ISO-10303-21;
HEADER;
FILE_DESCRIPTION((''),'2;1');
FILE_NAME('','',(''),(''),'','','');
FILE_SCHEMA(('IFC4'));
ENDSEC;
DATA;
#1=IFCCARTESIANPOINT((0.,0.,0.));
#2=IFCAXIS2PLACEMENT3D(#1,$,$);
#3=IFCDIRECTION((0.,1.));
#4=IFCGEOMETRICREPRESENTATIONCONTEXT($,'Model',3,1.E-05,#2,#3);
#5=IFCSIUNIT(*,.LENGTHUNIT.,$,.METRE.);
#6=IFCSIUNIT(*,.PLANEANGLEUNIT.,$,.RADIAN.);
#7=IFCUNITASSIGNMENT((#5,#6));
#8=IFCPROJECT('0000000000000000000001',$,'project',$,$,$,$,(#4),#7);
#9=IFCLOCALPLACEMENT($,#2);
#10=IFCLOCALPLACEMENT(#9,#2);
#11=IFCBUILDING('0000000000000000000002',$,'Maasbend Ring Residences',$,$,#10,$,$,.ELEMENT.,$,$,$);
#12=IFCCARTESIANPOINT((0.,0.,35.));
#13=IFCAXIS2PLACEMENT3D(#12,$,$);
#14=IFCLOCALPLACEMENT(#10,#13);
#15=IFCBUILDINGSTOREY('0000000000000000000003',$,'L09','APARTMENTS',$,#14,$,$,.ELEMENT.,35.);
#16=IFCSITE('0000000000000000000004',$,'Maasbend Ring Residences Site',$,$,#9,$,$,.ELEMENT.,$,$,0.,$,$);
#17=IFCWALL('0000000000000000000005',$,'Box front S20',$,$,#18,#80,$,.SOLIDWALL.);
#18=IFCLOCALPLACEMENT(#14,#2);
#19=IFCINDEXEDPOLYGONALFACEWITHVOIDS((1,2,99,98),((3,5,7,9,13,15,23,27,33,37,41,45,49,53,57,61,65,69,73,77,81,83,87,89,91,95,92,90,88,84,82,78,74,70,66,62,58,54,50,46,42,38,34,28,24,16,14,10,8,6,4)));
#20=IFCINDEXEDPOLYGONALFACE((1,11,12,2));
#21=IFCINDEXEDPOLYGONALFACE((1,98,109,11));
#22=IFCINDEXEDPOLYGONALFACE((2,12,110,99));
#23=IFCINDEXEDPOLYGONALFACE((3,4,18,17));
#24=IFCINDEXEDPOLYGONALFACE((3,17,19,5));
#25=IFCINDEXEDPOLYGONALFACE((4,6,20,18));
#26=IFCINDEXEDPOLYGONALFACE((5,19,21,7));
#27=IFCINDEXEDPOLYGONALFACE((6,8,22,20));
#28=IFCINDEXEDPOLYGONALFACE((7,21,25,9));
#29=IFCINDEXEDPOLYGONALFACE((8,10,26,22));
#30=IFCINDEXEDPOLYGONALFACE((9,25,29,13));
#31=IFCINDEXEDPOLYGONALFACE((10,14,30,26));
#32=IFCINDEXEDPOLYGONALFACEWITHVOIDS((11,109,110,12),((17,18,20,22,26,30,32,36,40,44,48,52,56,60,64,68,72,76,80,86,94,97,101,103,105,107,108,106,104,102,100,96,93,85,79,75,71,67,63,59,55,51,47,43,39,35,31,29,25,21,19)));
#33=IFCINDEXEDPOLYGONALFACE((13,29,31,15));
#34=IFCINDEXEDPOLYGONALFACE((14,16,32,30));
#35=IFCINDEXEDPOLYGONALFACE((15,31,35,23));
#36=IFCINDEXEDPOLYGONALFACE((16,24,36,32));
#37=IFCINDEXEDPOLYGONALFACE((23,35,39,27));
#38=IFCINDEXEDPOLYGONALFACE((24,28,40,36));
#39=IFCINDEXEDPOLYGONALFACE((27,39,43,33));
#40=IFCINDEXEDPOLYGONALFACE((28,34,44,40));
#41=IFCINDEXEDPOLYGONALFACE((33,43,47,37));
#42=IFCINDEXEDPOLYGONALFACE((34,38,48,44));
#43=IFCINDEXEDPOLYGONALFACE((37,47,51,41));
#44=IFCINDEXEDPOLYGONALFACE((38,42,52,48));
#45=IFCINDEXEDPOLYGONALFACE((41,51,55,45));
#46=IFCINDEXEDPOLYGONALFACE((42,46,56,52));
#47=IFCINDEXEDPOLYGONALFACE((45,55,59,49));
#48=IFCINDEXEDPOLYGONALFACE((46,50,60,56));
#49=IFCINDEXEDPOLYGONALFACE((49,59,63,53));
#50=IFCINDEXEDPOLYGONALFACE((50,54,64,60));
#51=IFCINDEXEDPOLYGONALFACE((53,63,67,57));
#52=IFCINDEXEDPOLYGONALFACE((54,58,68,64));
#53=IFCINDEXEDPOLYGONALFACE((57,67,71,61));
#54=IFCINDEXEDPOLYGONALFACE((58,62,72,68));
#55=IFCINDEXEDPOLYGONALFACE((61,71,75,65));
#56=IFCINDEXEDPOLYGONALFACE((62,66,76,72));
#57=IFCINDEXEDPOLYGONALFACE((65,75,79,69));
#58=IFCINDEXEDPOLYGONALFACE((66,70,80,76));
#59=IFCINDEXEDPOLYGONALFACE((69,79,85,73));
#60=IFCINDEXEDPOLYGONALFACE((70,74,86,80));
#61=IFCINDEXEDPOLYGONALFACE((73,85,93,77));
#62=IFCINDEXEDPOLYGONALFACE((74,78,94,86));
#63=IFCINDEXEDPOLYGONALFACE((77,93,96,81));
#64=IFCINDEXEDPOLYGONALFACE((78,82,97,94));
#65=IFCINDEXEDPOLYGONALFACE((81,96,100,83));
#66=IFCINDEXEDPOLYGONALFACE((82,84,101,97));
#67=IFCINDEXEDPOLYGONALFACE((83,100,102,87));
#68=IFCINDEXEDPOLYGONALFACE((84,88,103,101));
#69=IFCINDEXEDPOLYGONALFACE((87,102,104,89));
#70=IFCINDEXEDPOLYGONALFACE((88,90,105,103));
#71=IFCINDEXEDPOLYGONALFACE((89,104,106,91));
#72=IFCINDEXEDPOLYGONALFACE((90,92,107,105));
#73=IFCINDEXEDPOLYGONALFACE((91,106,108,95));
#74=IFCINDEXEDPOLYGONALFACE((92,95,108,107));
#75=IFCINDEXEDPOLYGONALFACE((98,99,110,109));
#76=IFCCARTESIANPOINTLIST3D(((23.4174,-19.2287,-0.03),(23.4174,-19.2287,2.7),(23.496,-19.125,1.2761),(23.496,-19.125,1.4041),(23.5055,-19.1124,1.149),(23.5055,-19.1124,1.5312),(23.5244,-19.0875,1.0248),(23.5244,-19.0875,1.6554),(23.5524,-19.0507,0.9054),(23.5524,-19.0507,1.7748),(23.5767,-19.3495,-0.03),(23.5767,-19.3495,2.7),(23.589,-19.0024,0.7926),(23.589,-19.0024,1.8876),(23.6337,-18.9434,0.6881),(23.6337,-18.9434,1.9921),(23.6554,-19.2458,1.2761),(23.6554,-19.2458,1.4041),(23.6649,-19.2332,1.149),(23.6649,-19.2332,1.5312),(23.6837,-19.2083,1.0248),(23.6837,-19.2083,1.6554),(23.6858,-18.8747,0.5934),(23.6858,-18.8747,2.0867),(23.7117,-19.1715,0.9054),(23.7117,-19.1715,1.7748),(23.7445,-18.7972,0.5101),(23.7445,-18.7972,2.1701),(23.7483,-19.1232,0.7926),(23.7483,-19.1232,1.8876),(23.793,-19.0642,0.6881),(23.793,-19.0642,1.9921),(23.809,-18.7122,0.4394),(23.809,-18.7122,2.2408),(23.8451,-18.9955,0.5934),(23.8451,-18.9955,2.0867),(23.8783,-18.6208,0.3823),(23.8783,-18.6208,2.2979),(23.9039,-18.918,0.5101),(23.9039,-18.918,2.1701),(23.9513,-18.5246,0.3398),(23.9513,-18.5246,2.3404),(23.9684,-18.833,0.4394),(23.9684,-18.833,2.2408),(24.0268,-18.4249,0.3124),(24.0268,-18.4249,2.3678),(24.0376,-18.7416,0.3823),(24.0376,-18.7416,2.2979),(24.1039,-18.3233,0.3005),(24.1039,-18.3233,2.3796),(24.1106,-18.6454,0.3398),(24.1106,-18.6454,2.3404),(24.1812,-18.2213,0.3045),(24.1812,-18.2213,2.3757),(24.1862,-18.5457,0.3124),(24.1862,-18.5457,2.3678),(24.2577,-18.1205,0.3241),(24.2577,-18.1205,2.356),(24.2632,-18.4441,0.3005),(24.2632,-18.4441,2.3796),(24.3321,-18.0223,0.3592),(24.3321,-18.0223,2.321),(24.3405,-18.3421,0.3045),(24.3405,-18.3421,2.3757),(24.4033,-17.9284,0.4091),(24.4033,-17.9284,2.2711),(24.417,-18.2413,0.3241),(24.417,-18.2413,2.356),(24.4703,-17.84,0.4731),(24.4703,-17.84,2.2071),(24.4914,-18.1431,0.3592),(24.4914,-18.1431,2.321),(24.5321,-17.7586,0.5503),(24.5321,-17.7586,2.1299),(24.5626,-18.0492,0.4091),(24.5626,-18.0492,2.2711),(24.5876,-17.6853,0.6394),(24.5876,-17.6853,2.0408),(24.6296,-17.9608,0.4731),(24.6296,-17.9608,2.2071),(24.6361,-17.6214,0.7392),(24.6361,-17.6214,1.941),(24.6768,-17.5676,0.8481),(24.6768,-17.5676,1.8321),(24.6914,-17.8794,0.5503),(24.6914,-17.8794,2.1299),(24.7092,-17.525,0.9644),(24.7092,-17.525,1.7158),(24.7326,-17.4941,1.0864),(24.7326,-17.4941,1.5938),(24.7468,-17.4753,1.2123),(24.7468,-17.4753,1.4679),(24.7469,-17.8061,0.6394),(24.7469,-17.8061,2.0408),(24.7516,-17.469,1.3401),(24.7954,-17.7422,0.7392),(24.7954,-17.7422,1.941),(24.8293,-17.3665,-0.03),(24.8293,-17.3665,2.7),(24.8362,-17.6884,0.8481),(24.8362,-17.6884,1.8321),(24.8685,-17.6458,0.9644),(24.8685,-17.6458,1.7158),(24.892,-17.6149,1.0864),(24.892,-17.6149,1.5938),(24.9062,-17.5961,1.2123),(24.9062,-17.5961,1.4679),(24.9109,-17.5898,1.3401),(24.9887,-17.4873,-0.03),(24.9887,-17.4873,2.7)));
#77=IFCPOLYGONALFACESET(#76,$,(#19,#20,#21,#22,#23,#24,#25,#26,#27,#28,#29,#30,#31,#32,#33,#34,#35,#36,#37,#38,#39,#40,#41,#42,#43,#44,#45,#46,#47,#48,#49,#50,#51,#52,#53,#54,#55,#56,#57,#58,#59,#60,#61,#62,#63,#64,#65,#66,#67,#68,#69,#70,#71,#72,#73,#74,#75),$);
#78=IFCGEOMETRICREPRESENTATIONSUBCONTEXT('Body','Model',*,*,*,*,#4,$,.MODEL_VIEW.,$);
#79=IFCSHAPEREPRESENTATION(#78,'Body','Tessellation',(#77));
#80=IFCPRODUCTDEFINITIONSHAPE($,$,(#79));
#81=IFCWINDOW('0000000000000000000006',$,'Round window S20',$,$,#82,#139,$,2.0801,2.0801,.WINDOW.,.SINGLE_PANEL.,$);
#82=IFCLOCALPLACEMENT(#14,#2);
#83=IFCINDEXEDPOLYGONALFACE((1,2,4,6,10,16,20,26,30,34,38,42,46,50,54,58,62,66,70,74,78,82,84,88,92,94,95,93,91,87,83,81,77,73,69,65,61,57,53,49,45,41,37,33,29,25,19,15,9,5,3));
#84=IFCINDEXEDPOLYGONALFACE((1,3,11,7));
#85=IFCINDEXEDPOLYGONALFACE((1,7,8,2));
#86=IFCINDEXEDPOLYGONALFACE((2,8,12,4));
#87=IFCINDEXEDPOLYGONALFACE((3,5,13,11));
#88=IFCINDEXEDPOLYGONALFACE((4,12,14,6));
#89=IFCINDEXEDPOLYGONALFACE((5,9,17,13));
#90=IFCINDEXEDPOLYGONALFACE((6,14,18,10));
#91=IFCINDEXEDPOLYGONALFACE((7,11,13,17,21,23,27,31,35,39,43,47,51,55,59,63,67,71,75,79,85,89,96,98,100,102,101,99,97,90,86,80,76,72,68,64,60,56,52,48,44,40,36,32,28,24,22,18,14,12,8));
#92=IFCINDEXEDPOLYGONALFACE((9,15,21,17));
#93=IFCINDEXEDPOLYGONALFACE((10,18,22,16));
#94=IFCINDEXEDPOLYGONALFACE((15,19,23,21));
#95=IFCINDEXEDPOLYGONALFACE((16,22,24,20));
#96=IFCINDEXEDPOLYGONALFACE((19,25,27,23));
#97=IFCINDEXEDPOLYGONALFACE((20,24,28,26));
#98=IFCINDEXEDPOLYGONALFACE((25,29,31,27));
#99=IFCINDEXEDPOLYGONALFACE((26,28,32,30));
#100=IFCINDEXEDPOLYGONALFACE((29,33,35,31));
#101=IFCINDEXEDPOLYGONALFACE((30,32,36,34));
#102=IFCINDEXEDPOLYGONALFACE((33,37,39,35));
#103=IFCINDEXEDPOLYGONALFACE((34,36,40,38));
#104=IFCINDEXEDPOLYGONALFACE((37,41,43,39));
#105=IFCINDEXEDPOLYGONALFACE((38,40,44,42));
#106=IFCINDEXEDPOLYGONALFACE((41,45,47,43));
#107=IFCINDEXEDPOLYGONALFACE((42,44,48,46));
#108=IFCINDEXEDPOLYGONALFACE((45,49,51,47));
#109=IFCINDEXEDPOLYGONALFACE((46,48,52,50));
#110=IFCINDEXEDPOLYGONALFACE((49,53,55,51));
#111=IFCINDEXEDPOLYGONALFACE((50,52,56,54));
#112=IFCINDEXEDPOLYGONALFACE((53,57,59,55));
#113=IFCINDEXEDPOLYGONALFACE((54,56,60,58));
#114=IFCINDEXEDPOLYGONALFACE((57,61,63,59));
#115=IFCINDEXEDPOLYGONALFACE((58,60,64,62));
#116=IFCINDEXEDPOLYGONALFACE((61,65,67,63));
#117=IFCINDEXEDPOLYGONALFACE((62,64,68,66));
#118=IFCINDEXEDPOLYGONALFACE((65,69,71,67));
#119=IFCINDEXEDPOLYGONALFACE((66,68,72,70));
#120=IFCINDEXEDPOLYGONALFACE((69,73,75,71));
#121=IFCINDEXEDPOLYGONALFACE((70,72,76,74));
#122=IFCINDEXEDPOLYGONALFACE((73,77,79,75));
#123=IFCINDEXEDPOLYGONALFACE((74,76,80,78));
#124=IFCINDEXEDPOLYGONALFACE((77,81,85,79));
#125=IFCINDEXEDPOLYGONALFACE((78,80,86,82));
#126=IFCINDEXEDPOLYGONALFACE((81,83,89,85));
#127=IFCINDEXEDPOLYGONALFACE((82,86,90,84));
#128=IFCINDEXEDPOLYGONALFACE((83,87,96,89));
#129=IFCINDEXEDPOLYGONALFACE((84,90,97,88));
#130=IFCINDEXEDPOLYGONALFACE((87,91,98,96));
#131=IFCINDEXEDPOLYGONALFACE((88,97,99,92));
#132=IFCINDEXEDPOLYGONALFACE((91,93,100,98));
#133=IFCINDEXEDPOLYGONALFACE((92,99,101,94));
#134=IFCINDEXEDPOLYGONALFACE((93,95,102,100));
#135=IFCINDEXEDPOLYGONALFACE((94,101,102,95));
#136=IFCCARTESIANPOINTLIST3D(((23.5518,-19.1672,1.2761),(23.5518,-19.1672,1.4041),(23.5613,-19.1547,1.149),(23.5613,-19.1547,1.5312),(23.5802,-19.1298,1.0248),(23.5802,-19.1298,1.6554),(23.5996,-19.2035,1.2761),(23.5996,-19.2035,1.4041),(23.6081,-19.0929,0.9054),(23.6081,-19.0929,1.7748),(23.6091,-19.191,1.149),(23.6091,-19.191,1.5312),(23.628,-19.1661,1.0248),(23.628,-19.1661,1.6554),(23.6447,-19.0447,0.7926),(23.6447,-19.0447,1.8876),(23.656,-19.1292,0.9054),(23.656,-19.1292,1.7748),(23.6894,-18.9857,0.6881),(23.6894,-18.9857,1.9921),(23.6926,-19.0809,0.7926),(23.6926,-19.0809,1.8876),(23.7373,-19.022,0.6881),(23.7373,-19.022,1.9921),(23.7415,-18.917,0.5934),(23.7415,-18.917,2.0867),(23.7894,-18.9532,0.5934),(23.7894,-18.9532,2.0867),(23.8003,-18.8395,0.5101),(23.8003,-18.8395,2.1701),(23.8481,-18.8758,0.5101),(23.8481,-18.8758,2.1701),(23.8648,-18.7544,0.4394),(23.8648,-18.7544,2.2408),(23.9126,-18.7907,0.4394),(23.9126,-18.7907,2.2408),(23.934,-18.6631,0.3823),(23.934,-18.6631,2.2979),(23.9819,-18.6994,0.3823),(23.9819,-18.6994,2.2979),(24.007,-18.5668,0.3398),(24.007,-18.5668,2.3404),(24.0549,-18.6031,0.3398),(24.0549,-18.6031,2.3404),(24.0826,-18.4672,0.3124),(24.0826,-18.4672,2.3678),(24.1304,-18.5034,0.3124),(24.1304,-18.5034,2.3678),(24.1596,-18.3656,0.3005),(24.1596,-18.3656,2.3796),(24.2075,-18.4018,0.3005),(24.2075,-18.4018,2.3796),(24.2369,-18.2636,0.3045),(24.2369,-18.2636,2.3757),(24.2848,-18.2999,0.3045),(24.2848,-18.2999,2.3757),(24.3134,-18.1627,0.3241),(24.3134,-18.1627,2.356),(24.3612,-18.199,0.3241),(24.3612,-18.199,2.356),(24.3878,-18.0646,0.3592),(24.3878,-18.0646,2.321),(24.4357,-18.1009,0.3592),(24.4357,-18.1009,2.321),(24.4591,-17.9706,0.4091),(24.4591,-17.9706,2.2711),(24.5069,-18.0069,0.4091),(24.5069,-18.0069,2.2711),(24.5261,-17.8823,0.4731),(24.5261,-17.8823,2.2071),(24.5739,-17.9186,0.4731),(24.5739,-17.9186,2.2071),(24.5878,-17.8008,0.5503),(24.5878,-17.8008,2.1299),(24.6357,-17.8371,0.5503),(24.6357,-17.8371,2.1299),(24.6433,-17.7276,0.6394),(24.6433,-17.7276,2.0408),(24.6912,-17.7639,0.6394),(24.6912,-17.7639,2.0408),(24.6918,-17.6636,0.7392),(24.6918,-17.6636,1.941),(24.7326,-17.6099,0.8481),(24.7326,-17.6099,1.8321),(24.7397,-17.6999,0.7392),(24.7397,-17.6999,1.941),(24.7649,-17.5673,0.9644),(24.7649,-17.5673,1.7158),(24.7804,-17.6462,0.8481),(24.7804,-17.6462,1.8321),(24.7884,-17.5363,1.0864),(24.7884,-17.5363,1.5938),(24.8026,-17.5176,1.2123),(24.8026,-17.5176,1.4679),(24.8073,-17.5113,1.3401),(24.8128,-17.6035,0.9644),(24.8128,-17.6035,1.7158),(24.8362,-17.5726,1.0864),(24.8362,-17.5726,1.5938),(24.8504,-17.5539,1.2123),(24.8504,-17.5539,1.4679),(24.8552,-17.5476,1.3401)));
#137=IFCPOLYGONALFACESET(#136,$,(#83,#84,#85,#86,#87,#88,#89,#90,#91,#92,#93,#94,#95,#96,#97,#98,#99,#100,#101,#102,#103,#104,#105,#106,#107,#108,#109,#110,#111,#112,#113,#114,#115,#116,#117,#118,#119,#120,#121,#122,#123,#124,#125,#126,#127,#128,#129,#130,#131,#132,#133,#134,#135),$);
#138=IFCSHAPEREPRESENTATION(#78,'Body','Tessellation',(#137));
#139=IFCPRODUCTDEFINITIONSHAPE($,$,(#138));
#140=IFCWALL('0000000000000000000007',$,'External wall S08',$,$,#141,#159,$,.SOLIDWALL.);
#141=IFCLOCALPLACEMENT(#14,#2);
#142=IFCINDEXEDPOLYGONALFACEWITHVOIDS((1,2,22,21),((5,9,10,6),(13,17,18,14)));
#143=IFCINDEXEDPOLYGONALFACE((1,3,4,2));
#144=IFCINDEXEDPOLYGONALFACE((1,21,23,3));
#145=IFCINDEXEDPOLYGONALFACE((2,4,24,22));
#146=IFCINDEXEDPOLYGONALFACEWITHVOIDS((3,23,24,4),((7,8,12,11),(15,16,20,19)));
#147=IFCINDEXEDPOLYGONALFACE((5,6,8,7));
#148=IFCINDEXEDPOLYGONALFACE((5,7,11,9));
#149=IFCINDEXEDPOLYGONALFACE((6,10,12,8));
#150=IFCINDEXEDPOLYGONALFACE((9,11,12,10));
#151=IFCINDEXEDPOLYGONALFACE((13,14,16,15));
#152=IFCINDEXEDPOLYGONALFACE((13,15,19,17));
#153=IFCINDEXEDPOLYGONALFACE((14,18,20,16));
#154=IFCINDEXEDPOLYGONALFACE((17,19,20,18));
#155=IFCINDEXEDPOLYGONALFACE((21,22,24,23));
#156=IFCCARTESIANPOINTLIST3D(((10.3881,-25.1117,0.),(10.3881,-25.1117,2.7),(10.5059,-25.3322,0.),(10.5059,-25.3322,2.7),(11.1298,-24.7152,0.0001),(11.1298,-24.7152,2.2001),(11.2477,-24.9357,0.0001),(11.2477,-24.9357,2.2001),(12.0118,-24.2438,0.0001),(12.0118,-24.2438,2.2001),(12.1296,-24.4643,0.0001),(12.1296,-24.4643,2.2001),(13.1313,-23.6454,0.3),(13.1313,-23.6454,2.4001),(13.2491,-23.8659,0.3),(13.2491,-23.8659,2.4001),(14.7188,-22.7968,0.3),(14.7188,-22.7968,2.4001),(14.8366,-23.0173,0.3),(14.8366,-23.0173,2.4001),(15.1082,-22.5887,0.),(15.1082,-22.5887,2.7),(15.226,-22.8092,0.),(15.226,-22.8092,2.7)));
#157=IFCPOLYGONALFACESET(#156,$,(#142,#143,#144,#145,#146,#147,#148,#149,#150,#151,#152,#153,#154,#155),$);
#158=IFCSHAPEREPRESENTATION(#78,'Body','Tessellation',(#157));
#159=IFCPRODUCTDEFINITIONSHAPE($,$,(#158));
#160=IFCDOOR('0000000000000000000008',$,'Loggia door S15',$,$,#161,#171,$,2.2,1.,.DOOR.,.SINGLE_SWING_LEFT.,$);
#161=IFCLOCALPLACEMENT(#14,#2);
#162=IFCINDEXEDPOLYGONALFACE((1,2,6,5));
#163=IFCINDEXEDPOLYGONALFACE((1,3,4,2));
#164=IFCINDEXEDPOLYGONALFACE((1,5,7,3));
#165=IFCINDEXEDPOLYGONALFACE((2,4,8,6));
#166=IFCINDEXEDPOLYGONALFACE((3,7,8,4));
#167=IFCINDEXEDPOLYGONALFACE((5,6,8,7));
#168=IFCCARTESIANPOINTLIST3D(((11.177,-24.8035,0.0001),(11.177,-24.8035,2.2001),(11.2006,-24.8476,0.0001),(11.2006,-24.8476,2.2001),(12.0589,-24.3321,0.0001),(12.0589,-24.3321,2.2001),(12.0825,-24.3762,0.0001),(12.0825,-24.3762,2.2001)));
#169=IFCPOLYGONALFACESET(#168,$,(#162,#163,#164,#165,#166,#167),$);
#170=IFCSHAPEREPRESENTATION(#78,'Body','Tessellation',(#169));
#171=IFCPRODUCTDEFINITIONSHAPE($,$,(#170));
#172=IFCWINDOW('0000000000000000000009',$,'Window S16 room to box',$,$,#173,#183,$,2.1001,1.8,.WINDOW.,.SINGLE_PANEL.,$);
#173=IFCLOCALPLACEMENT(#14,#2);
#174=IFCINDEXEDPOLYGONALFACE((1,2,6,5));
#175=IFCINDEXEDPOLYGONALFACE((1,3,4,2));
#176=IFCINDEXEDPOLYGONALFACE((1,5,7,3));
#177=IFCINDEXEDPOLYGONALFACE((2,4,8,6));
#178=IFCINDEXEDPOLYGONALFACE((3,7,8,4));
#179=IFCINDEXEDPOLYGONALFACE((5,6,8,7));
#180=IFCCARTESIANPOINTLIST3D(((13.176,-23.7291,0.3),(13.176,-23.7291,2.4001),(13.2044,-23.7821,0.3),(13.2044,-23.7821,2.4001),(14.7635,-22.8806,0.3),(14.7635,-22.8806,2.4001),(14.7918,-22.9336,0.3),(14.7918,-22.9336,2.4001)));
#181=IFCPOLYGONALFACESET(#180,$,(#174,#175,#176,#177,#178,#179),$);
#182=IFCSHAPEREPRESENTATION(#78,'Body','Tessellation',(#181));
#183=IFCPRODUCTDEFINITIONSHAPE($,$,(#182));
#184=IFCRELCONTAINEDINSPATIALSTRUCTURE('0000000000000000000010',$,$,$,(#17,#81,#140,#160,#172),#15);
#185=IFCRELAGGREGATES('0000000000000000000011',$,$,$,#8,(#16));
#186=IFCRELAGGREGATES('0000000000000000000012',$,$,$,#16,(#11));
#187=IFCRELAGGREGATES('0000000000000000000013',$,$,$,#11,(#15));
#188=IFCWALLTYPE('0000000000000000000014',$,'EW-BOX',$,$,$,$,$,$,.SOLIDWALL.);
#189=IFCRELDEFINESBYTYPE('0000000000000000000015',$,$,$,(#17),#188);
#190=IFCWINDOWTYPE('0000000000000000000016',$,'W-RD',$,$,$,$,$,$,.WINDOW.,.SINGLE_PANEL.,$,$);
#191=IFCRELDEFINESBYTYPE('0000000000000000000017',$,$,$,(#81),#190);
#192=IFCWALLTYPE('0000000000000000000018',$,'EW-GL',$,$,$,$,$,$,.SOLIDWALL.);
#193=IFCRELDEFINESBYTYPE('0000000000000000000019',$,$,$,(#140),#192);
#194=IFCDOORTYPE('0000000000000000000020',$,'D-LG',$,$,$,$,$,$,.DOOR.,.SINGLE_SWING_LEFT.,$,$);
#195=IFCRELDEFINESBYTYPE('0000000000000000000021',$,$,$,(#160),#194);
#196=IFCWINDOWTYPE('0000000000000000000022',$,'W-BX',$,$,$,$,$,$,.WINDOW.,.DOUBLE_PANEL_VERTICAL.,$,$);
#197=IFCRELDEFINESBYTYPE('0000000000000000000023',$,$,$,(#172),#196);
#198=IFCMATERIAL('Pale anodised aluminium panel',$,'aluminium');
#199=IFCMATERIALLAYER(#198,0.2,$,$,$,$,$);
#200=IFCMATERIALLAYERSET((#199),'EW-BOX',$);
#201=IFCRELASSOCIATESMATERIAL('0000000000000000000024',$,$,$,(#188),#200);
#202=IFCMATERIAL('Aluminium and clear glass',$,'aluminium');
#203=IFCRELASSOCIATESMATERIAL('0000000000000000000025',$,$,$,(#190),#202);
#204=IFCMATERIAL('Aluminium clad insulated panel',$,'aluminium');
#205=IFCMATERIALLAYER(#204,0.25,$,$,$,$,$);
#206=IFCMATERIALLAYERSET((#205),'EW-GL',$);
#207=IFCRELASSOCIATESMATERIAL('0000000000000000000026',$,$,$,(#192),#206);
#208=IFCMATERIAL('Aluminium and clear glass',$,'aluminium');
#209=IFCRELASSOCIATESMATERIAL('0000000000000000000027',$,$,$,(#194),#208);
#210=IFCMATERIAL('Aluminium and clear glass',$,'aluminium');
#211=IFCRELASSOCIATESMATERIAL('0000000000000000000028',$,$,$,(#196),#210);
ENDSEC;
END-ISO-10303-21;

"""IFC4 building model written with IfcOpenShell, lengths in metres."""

from ifc_helpers import new_model, si_unit, direction, frame, frame_2d, origin, place, context, subcontext, project, spatial, rectangle, circle, extrude, material, layer, layer_set, type_object, element, fill, save


model = new_model("IFC4")

# Units and contexts
model_context = context("Model", 3, precision=1e-05, world=origin(), true_north=direction((0.0, 1.0)))
body_context = subcontext(model_context, "Body", "Model", "MODEL_VIEW")
ifc_project = project(units=[si_unit("LENGTHUNIT", "METRE"), si_unit("PLANEANGLEUNIT", "RADIAN")], contexts=[model_context])

# Site, building, storey
site_placement = place(None, origin())
site = spatial("IfcSite", under=ifc_project, at=site_placement, Name="Maasbend Ring Residences Site", CompositionType="ELEMENT", RefElevation=0.0)
building_placement = place(site_placement, origin())
building = spatial("IfcBuilding", under=site, at=building_placement, Name="Maasbend Ring Residences", CompositionType="ELEMENT")
storey_placement = place(building_placement, frame((0.0, 0.0, 35.0)))
storey = spatial("IfcBuildingStorey", under=building, at=storey_placement, Name="L09", Description="APARTMENTS", CompositionType="ELEMENT", Elevation=35.0)

# Shared definitions
ifc_material_1 = material(Name="Pale anodised aluminium panel", Category="aluminium")
ifc_layer_1 = layer(ifc_material_1, 0.2)
ifc_layer_set_1 = layer_set([ifc_layer_1], Name="EW-BOX")
wall_type_1 = type_object("IfcWallType", Name="EW-BOX", PredefinedType="SOLIDWALL", material=ifc_layer_set_1)
ifc_material_2 = material(Name="Aluminium and clear glass", Category="aluminium")
window_type_1 = type_object("IfcWindowType", Name="W-RD", PartitioningType="SINGLE_PANEL", PredefinedType="WINDOW", material=ifc_material_2)

# Wall, opening, window
wall_1_placement = place(storey_placement, frame((23.4971, -19.2891, -0.03), z_axis=(0.0, 0.0, 1.0), x_axis=(0.604188, 0.796842, 0.0)))
wall_1 = element("IfcWall", 1, at=wall_1_placement, inside=storey, type_object=wall_type_1, Name="Box front S20", PredefinedType="SOLIDWALL", context=body_context, shape_type="SweptSolid", body=[
    extrude(rectangle(XDim=2.3369, YDim=0.2, at=frame_2d((1.1685, 0.0))), origin(), (0.0, 0.0, 1.0), 2.73),
])
opening_1_placement = place(wall_1_placement, frame((0.1282, 0.0, 0.3301)))
opening_1 = element("IfcOpeningElement", 2, at=opening_1_placement, cuts=wall_1, PredefinedType="OPENING", context=body_context, shape_type="SweptSolid", body=[
    extrude(circle(Radius=1.04, at=frame_2d((1.04, 1.04))), frame((0.0, 0.1099, 0.0), z_axis=(0.0, -1.0, 0.0), x_axis=(1.0, 0.0, 0.0)), (0.0, 0.0, 1.0), 0.22),
])
window_1_placement = place(opening_1_placement, origin())
window_1 = element("IfcWindow", 3, at=window_1_placement, inside=storey, type_object=window_type_1, Name="Round window S20", OverallHeight=2.0801, OverallWidth=2.0801, PartitioningType="SINGLE_PANEL", PredefinedType="WINDOW", context=body_context, shape_type="SweptSolid", body=[
    extrude(circle(Radius=1.04, at=frame_2d((1.04, 1.04))), frame((0.0, 0.03, 0.0), z_axis=(0.0, -1.0, 0.0), x_axis=(1.0, 0.0, 0.0)), (0.0, 0.0, 1.0), 0.0601),
])
fill(opening_1, window_1)

# Wall, openings, door, window
ifc_material_3 = material(Name="Aluminium clad insulated panel", Category="aluminium")
ifc_layer_2 = layer(ifc_material_3, 0.25)
ifc_layer_set_2 = layer_set([ifc_layer_2], Name="EW-GL")
wall_type_2 = type_object("IfcWallType", Name="EW-GL", PredefinedType="SOLIDWALL", material=ifc_layer_set_2)
wall_2_placement = place(storey_placement, frame((10.447, -25.2219, 0.0), z_axis=(0.0, 0.0, 1.0), x_axis=(0.881916, 0.471407, 0.0)))
wall_2 = element("IfcWall", 4, at=wall_2_placement, inside=storey, type_object=wall_type_2, Name="External wall S08", PredefinedType="SOLIDWALL", context=body_context, shape_type="SweptSolid", body=[
    extrude(rectangle(XDim=5.3521, YDim=0.25, at=frame_2d((2.676, 0.0))), origin(), (0.0, 0.0, 1.0), 2.7),
])
opening_2_placement = place(wall_2_placement, frame((0.8411, 0.0, 0.0)))
opening_2 = element("IfcOpeningElement", 5, at=opening_2_placement, cuts=wall_2, PredefinedType="OPENING", context=body_context, shape_type="SweptSolid", body=[
    extrude(rectangle(XDim=1.0, YDim=2.2, at=frame_2d((0.5, 1.1001))), frame((0.0, 0.135, 0.0), z_axis=(0.0, -1.0, 0.0), x_axis=(1.0, 0.0, 0.0)), (0.0, 0.0, 1.0), 0.27),
])
opening_3_placement = place(wall_2_placement, frame((3.1106, 0.0, 0.3)))
opening_3 = element("IfcOpeningElement", 6, at=opening_3_placement, cuts=wall_2, PredefinedType="OPENING", context=body_context, shape_type="SweptSolid", body=[
    extrude(rectangle(XDim=1.8, YDim=2.1001, at=frame_2d((0.8999, 1.05))), frame((0.0, 0.135, 0.0), z_axis=(0.0, -1.0, 0.0), x_axis=(1.0, 0.0, 0.0)), (0.0, 0.0, 1.0), 0.27),
])
ifc_material_4 = material(Name="Aluminium and clear glass", Category="aluminium")
door_type_1 = type_object("IfcDoorType", Name="D-LG", OperationType="SINGLE_SWING_LEFT", PredefinedType="DOOR", material=ifc_material_4)
door_1_placement = place(opening_2_placement, origin())
door_1 = element("IfcDoor", 7, at=door_1_placement, inside=storey, type_object=door_type_1, Name="Loggia door S15", OperationType="SINGLE_SWING_LEFT", OverallHeight=2.2, OverallWidth=1.0, PredefinedType="DOOR", context=body_context, shape_type="SweptSolid", body=[
    extrude(rectangle(XDim=1.0, YDim=2.2, at=frame_2d((0.5, 1.1001))), frame((0.0, 0.0249, 0.0), z_axis=(0.0, -1.0, 0.0), x_axis=(1.0, 0.0, 0.0)), (0.0, 0.0, 1.0), 0.05),
])
fill(opening_2, door_1)
ifc_material_5 = material(Name="Aluminium and clear glass", Category="aluminium")
window_type_2 = type_object("IfcWindowType", Name="W-BX", PartitioningType="DOUBLE_PANEL_VERTICAL", PredefinedType="WINDOW", material=ifc_material_5)
window_2_placement = place(opening_3_placement, origin())
window_2 = element("IfcWindow", 8, at=window_2_placement, inside=storey, type_object=window_type_2, Name="Window S16 room to box", OverallHeight=2.1001, OverallWidth=1.8, PartitioningType="SINGLE_PANEL", PredefinedType="WINDOW", context=body_context, shape_type="SweptSolid", body=[
    extrude(rectangle(XDim=1.8, YDim=2.1001, at=frame_2d((0.8999, 1.05))), frame((0.0, 0.03, 0.0), z_axis=(0.0, -1.0, 0.0), x_axis=(1.0, 0.0, 0.0)), (0.0, 0.0, 1.0), 0.0601),
])
fill(opening_3, window_2)

save(model, "model.ifc")
